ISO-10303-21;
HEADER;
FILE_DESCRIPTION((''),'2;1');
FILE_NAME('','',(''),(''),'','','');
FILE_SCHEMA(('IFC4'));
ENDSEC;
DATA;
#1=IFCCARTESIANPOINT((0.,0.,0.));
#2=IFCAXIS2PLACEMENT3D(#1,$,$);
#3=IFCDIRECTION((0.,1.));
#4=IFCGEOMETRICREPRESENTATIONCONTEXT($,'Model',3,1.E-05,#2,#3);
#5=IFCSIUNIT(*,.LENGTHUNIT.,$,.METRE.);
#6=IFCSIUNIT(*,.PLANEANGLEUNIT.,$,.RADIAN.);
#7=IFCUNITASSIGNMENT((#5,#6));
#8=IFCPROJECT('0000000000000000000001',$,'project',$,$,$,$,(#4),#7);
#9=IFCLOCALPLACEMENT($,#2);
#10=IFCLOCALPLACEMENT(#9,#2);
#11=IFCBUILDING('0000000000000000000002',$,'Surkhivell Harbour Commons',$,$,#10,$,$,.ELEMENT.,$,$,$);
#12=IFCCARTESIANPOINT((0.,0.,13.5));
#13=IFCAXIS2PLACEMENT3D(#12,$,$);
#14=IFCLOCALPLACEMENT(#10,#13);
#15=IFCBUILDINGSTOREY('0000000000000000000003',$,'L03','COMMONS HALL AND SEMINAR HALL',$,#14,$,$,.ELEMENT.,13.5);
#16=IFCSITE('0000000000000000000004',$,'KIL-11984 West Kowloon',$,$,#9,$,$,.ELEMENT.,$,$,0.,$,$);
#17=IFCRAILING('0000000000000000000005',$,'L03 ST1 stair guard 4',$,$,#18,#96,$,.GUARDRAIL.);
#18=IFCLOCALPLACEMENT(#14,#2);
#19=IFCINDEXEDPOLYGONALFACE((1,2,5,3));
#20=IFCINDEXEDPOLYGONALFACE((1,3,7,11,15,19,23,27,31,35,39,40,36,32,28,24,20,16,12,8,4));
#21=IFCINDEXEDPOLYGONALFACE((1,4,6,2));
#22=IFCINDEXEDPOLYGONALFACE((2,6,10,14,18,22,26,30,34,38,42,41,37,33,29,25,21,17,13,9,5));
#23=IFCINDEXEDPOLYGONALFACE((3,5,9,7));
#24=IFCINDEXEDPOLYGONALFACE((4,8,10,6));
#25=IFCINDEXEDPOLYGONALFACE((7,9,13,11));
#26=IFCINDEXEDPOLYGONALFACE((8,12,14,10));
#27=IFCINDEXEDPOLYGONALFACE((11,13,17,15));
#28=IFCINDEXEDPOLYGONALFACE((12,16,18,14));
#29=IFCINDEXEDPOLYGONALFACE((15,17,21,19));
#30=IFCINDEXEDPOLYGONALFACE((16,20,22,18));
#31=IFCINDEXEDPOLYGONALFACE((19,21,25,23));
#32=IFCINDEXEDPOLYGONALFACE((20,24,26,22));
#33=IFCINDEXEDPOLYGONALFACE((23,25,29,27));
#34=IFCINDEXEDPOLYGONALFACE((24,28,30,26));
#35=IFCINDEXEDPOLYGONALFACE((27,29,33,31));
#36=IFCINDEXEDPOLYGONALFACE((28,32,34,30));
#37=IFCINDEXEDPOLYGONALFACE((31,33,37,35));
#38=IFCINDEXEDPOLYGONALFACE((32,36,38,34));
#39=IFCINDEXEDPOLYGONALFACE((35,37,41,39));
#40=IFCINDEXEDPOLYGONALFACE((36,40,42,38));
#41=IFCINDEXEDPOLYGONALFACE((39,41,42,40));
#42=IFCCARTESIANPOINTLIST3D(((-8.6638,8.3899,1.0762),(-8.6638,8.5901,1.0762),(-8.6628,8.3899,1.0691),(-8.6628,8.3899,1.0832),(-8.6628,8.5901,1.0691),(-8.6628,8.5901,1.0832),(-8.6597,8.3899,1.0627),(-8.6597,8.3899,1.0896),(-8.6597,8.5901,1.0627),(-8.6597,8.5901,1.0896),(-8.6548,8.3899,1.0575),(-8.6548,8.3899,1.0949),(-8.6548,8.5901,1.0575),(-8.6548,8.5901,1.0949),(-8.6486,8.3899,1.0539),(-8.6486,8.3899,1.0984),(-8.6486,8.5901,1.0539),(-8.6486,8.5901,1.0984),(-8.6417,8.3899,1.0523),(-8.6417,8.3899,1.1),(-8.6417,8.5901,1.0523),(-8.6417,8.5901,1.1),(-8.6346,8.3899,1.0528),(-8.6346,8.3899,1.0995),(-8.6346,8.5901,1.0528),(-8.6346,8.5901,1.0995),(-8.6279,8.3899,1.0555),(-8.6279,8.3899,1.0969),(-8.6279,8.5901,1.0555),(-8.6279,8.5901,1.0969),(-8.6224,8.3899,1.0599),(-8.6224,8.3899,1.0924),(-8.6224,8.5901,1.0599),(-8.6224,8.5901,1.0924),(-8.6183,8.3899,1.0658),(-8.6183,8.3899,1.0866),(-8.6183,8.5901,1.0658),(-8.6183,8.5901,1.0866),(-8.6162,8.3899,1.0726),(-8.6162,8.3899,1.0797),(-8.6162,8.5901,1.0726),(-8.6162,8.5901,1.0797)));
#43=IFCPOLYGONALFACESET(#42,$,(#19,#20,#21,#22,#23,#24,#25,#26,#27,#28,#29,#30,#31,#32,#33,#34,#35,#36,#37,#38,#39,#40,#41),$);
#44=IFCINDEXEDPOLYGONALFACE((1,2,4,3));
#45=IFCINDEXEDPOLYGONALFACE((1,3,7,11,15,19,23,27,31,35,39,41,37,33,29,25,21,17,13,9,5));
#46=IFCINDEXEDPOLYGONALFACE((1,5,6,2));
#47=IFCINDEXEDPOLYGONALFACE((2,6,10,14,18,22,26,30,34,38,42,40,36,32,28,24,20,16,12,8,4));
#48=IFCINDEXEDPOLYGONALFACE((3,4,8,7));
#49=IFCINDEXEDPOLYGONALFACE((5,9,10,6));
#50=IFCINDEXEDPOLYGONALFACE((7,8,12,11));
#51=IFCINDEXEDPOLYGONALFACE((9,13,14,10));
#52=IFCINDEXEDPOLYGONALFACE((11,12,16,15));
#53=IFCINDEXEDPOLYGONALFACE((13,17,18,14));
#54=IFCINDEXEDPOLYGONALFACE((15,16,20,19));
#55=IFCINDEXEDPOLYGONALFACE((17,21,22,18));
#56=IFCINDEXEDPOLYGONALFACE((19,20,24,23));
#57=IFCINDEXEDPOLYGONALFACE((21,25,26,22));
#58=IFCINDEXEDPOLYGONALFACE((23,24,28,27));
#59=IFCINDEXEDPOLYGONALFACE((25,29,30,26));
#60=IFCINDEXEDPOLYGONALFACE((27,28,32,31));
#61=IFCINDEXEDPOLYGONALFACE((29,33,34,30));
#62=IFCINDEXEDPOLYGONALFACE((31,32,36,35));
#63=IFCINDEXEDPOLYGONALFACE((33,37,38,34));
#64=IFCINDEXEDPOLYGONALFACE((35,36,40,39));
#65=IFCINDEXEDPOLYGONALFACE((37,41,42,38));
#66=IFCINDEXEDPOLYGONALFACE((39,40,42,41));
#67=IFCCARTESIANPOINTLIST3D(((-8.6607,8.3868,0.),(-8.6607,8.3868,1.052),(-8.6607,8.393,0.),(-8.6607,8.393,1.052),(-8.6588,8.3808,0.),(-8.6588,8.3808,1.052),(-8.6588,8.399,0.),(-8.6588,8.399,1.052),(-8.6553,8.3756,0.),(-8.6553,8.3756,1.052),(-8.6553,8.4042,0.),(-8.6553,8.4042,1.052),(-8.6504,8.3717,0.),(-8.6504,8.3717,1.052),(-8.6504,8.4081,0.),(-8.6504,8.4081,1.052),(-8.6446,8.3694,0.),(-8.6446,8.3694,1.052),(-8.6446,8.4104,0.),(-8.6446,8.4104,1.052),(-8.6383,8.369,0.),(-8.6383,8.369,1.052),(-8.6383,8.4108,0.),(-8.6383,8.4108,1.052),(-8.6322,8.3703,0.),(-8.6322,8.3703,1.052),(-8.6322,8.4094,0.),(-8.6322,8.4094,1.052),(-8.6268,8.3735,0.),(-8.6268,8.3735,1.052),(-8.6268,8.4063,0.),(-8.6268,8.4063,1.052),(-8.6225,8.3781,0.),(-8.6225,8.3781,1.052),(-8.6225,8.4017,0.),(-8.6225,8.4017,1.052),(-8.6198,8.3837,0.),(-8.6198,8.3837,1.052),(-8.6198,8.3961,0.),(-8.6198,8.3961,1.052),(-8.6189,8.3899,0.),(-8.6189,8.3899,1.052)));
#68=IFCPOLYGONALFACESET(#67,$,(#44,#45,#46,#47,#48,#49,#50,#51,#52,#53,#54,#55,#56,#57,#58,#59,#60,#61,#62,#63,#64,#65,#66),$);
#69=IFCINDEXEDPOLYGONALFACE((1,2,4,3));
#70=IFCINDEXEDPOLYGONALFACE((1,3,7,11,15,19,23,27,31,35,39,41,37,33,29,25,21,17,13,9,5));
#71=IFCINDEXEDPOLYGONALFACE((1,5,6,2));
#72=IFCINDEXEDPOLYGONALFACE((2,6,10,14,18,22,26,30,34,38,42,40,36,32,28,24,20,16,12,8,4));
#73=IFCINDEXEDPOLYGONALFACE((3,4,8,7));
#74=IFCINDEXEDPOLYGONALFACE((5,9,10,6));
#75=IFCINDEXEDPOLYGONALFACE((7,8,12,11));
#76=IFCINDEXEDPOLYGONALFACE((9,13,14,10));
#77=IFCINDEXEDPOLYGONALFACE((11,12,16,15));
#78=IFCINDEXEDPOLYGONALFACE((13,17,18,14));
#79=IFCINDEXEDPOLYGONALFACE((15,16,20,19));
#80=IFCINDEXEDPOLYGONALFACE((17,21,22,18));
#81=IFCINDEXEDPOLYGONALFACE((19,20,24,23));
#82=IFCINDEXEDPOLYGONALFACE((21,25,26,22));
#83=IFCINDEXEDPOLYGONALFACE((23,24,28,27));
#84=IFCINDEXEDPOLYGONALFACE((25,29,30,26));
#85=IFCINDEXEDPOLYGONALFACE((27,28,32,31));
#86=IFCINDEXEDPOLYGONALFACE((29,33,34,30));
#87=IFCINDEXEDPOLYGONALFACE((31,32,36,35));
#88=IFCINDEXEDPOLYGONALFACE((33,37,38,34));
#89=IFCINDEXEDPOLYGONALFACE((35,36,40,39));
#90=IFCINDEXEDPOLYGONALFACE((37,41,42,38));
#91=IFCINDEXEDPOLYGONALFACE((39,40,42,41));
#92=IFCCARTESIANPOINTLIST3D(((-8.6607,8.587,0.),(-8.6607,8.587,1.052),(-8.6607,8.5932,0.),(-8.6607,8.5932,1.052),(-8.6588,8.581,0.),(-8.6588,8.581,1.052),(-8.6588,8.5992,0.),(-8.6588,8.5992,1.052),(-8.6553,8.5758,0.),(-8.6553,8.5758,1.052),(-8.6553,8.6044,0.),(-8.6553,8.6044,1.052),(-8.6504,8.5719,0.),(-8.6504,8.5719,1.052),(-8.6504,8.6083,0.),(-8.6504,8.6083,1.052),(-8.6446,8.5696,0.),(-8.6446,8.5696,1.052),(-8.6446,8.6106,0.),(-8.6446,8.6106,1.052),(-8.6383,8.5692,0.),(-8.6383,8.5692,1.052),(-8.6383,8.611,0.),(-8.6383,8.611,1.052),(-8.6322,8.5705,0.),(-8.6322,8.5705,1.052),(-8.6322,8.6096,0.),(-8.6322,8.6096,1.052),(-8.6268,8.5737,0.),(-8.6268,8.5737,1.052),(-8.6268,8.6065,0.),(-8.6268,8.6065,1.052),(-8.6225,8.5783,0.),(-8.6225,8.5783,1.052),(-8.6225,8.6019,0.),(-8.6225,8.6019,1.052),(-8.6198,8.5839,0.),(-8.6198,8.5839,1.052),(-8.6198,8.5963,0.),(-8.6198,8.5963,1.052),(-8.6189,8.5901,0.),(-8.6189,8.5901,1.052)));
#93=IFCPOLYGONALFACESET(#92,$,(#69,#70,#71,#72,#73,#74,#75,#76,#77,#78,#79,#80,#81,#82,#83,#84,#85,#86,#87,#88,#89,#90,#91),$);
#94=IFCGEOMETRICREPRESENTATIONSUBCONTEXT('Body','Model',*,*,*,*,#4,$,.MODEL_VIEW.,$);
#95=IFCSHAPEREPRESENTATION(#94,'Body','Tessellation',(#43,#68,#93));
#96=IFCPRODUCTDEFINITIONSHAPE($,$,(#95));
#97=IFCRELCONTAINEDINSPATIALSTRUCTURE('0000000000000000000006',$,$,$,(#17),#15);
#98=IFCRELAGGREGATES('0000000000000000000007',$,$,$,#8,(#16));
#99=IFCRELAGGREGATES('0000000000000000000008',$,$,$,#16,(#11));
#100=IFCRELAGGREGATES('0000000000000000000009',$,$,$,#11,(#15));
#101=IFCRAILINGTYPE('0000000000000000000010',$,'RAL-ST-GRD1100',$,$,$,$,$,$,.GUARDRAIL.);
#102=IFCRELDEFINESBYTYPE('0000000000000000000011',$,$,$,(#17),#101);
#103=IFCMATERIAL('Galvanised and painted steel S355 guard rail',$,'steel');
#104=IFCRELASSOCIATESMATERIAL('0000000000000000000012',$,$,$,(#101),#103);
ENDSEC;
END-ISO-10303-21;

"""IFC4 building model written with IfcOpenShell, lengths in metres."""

from ifc_helpers import new_model, si_unit, direction, frame, origin, origin_2d, place, context, subcontext, project, spatial, circle, extrude, material, type_object, element, save


model = new_model("IFC4")

# Units and contexts
model_context = context("Model", 3, precision=1e-05, world=origin(), true_north=direction((0.0, 1.0)))
body_context = subcontext(model_context, "Body", "Model", "MODEL_VIEW")
ifc_project = project(units=[si_unit("LENGTHUNIT", "METRE"), si_unit("PLANEANGLEUNIT", "RADIAN")], contexts=[model_context])

# Site, building, storey
site_placement = place(None, origin())
site = spatial("IfcSite", under=ifc_project, at=site_placement, Name="KIL-11984 West Kowloon", CompositionType="ELEMENT", RefElevation=0.0)
building_placement = place(site_placement, origin())
building = spatial("IfcBuilding", under=site, at=building_placement, Name="Surkhivell Harbour Commons", CompositionType="ELEMENT")
storey_placement = place(building_placement, frame((0.0, 0.0, 13.5)))
storey = spatial("IfcBuildingStorey", under=building, at=storey_placement, Name="L03", Description="COMMONS HALL AND SEMINAR HALL", CompositionType="ELEMENT", Elevation=13.5)

# Railing
ifc_material_1 = material(Name="Galvanised and painted steel S355 guard rail", Category="steel")
railing_type_1 = type_object("IfcRailingType", Name="RAL-ST-GRD1100", PredefinedType="GUARDRAIL", material=ifc_material_1)
railing_1_placement = place(storey_placement, frame((-8.6399, 8.3899, 0.0)))
element("IfcRailing", 1, at=railing_1_placement, inside=storey, type_object=railing_type_1, Name="L03 ST1 stair guard 4", PredefinedType="GUARDRAIL", context=body_context, shape_type="SweptSolid", body=[
    extrude(circle(Radius=0.0239, at=origin_2d()), frame((0.0, 0.0, 1.0762), z_axis=(0.0, 1.0, 0.0), x_axis=(-1.0, 0.0, 0.0)), (0.0, 0.0, 1.0), 0.2002),
    extrude(circle(Radius=0.021, at=origin_2d()), origin(), (0.0, 0.0, 1.0), 1.052),
    extrude(circle(Radius=0.021, at=origin_2d()), frame((0.0, 0.2002, 0.0)), (0.0, 0.0, 1.0), 1.052),
])

save(model, "model.ifc")
